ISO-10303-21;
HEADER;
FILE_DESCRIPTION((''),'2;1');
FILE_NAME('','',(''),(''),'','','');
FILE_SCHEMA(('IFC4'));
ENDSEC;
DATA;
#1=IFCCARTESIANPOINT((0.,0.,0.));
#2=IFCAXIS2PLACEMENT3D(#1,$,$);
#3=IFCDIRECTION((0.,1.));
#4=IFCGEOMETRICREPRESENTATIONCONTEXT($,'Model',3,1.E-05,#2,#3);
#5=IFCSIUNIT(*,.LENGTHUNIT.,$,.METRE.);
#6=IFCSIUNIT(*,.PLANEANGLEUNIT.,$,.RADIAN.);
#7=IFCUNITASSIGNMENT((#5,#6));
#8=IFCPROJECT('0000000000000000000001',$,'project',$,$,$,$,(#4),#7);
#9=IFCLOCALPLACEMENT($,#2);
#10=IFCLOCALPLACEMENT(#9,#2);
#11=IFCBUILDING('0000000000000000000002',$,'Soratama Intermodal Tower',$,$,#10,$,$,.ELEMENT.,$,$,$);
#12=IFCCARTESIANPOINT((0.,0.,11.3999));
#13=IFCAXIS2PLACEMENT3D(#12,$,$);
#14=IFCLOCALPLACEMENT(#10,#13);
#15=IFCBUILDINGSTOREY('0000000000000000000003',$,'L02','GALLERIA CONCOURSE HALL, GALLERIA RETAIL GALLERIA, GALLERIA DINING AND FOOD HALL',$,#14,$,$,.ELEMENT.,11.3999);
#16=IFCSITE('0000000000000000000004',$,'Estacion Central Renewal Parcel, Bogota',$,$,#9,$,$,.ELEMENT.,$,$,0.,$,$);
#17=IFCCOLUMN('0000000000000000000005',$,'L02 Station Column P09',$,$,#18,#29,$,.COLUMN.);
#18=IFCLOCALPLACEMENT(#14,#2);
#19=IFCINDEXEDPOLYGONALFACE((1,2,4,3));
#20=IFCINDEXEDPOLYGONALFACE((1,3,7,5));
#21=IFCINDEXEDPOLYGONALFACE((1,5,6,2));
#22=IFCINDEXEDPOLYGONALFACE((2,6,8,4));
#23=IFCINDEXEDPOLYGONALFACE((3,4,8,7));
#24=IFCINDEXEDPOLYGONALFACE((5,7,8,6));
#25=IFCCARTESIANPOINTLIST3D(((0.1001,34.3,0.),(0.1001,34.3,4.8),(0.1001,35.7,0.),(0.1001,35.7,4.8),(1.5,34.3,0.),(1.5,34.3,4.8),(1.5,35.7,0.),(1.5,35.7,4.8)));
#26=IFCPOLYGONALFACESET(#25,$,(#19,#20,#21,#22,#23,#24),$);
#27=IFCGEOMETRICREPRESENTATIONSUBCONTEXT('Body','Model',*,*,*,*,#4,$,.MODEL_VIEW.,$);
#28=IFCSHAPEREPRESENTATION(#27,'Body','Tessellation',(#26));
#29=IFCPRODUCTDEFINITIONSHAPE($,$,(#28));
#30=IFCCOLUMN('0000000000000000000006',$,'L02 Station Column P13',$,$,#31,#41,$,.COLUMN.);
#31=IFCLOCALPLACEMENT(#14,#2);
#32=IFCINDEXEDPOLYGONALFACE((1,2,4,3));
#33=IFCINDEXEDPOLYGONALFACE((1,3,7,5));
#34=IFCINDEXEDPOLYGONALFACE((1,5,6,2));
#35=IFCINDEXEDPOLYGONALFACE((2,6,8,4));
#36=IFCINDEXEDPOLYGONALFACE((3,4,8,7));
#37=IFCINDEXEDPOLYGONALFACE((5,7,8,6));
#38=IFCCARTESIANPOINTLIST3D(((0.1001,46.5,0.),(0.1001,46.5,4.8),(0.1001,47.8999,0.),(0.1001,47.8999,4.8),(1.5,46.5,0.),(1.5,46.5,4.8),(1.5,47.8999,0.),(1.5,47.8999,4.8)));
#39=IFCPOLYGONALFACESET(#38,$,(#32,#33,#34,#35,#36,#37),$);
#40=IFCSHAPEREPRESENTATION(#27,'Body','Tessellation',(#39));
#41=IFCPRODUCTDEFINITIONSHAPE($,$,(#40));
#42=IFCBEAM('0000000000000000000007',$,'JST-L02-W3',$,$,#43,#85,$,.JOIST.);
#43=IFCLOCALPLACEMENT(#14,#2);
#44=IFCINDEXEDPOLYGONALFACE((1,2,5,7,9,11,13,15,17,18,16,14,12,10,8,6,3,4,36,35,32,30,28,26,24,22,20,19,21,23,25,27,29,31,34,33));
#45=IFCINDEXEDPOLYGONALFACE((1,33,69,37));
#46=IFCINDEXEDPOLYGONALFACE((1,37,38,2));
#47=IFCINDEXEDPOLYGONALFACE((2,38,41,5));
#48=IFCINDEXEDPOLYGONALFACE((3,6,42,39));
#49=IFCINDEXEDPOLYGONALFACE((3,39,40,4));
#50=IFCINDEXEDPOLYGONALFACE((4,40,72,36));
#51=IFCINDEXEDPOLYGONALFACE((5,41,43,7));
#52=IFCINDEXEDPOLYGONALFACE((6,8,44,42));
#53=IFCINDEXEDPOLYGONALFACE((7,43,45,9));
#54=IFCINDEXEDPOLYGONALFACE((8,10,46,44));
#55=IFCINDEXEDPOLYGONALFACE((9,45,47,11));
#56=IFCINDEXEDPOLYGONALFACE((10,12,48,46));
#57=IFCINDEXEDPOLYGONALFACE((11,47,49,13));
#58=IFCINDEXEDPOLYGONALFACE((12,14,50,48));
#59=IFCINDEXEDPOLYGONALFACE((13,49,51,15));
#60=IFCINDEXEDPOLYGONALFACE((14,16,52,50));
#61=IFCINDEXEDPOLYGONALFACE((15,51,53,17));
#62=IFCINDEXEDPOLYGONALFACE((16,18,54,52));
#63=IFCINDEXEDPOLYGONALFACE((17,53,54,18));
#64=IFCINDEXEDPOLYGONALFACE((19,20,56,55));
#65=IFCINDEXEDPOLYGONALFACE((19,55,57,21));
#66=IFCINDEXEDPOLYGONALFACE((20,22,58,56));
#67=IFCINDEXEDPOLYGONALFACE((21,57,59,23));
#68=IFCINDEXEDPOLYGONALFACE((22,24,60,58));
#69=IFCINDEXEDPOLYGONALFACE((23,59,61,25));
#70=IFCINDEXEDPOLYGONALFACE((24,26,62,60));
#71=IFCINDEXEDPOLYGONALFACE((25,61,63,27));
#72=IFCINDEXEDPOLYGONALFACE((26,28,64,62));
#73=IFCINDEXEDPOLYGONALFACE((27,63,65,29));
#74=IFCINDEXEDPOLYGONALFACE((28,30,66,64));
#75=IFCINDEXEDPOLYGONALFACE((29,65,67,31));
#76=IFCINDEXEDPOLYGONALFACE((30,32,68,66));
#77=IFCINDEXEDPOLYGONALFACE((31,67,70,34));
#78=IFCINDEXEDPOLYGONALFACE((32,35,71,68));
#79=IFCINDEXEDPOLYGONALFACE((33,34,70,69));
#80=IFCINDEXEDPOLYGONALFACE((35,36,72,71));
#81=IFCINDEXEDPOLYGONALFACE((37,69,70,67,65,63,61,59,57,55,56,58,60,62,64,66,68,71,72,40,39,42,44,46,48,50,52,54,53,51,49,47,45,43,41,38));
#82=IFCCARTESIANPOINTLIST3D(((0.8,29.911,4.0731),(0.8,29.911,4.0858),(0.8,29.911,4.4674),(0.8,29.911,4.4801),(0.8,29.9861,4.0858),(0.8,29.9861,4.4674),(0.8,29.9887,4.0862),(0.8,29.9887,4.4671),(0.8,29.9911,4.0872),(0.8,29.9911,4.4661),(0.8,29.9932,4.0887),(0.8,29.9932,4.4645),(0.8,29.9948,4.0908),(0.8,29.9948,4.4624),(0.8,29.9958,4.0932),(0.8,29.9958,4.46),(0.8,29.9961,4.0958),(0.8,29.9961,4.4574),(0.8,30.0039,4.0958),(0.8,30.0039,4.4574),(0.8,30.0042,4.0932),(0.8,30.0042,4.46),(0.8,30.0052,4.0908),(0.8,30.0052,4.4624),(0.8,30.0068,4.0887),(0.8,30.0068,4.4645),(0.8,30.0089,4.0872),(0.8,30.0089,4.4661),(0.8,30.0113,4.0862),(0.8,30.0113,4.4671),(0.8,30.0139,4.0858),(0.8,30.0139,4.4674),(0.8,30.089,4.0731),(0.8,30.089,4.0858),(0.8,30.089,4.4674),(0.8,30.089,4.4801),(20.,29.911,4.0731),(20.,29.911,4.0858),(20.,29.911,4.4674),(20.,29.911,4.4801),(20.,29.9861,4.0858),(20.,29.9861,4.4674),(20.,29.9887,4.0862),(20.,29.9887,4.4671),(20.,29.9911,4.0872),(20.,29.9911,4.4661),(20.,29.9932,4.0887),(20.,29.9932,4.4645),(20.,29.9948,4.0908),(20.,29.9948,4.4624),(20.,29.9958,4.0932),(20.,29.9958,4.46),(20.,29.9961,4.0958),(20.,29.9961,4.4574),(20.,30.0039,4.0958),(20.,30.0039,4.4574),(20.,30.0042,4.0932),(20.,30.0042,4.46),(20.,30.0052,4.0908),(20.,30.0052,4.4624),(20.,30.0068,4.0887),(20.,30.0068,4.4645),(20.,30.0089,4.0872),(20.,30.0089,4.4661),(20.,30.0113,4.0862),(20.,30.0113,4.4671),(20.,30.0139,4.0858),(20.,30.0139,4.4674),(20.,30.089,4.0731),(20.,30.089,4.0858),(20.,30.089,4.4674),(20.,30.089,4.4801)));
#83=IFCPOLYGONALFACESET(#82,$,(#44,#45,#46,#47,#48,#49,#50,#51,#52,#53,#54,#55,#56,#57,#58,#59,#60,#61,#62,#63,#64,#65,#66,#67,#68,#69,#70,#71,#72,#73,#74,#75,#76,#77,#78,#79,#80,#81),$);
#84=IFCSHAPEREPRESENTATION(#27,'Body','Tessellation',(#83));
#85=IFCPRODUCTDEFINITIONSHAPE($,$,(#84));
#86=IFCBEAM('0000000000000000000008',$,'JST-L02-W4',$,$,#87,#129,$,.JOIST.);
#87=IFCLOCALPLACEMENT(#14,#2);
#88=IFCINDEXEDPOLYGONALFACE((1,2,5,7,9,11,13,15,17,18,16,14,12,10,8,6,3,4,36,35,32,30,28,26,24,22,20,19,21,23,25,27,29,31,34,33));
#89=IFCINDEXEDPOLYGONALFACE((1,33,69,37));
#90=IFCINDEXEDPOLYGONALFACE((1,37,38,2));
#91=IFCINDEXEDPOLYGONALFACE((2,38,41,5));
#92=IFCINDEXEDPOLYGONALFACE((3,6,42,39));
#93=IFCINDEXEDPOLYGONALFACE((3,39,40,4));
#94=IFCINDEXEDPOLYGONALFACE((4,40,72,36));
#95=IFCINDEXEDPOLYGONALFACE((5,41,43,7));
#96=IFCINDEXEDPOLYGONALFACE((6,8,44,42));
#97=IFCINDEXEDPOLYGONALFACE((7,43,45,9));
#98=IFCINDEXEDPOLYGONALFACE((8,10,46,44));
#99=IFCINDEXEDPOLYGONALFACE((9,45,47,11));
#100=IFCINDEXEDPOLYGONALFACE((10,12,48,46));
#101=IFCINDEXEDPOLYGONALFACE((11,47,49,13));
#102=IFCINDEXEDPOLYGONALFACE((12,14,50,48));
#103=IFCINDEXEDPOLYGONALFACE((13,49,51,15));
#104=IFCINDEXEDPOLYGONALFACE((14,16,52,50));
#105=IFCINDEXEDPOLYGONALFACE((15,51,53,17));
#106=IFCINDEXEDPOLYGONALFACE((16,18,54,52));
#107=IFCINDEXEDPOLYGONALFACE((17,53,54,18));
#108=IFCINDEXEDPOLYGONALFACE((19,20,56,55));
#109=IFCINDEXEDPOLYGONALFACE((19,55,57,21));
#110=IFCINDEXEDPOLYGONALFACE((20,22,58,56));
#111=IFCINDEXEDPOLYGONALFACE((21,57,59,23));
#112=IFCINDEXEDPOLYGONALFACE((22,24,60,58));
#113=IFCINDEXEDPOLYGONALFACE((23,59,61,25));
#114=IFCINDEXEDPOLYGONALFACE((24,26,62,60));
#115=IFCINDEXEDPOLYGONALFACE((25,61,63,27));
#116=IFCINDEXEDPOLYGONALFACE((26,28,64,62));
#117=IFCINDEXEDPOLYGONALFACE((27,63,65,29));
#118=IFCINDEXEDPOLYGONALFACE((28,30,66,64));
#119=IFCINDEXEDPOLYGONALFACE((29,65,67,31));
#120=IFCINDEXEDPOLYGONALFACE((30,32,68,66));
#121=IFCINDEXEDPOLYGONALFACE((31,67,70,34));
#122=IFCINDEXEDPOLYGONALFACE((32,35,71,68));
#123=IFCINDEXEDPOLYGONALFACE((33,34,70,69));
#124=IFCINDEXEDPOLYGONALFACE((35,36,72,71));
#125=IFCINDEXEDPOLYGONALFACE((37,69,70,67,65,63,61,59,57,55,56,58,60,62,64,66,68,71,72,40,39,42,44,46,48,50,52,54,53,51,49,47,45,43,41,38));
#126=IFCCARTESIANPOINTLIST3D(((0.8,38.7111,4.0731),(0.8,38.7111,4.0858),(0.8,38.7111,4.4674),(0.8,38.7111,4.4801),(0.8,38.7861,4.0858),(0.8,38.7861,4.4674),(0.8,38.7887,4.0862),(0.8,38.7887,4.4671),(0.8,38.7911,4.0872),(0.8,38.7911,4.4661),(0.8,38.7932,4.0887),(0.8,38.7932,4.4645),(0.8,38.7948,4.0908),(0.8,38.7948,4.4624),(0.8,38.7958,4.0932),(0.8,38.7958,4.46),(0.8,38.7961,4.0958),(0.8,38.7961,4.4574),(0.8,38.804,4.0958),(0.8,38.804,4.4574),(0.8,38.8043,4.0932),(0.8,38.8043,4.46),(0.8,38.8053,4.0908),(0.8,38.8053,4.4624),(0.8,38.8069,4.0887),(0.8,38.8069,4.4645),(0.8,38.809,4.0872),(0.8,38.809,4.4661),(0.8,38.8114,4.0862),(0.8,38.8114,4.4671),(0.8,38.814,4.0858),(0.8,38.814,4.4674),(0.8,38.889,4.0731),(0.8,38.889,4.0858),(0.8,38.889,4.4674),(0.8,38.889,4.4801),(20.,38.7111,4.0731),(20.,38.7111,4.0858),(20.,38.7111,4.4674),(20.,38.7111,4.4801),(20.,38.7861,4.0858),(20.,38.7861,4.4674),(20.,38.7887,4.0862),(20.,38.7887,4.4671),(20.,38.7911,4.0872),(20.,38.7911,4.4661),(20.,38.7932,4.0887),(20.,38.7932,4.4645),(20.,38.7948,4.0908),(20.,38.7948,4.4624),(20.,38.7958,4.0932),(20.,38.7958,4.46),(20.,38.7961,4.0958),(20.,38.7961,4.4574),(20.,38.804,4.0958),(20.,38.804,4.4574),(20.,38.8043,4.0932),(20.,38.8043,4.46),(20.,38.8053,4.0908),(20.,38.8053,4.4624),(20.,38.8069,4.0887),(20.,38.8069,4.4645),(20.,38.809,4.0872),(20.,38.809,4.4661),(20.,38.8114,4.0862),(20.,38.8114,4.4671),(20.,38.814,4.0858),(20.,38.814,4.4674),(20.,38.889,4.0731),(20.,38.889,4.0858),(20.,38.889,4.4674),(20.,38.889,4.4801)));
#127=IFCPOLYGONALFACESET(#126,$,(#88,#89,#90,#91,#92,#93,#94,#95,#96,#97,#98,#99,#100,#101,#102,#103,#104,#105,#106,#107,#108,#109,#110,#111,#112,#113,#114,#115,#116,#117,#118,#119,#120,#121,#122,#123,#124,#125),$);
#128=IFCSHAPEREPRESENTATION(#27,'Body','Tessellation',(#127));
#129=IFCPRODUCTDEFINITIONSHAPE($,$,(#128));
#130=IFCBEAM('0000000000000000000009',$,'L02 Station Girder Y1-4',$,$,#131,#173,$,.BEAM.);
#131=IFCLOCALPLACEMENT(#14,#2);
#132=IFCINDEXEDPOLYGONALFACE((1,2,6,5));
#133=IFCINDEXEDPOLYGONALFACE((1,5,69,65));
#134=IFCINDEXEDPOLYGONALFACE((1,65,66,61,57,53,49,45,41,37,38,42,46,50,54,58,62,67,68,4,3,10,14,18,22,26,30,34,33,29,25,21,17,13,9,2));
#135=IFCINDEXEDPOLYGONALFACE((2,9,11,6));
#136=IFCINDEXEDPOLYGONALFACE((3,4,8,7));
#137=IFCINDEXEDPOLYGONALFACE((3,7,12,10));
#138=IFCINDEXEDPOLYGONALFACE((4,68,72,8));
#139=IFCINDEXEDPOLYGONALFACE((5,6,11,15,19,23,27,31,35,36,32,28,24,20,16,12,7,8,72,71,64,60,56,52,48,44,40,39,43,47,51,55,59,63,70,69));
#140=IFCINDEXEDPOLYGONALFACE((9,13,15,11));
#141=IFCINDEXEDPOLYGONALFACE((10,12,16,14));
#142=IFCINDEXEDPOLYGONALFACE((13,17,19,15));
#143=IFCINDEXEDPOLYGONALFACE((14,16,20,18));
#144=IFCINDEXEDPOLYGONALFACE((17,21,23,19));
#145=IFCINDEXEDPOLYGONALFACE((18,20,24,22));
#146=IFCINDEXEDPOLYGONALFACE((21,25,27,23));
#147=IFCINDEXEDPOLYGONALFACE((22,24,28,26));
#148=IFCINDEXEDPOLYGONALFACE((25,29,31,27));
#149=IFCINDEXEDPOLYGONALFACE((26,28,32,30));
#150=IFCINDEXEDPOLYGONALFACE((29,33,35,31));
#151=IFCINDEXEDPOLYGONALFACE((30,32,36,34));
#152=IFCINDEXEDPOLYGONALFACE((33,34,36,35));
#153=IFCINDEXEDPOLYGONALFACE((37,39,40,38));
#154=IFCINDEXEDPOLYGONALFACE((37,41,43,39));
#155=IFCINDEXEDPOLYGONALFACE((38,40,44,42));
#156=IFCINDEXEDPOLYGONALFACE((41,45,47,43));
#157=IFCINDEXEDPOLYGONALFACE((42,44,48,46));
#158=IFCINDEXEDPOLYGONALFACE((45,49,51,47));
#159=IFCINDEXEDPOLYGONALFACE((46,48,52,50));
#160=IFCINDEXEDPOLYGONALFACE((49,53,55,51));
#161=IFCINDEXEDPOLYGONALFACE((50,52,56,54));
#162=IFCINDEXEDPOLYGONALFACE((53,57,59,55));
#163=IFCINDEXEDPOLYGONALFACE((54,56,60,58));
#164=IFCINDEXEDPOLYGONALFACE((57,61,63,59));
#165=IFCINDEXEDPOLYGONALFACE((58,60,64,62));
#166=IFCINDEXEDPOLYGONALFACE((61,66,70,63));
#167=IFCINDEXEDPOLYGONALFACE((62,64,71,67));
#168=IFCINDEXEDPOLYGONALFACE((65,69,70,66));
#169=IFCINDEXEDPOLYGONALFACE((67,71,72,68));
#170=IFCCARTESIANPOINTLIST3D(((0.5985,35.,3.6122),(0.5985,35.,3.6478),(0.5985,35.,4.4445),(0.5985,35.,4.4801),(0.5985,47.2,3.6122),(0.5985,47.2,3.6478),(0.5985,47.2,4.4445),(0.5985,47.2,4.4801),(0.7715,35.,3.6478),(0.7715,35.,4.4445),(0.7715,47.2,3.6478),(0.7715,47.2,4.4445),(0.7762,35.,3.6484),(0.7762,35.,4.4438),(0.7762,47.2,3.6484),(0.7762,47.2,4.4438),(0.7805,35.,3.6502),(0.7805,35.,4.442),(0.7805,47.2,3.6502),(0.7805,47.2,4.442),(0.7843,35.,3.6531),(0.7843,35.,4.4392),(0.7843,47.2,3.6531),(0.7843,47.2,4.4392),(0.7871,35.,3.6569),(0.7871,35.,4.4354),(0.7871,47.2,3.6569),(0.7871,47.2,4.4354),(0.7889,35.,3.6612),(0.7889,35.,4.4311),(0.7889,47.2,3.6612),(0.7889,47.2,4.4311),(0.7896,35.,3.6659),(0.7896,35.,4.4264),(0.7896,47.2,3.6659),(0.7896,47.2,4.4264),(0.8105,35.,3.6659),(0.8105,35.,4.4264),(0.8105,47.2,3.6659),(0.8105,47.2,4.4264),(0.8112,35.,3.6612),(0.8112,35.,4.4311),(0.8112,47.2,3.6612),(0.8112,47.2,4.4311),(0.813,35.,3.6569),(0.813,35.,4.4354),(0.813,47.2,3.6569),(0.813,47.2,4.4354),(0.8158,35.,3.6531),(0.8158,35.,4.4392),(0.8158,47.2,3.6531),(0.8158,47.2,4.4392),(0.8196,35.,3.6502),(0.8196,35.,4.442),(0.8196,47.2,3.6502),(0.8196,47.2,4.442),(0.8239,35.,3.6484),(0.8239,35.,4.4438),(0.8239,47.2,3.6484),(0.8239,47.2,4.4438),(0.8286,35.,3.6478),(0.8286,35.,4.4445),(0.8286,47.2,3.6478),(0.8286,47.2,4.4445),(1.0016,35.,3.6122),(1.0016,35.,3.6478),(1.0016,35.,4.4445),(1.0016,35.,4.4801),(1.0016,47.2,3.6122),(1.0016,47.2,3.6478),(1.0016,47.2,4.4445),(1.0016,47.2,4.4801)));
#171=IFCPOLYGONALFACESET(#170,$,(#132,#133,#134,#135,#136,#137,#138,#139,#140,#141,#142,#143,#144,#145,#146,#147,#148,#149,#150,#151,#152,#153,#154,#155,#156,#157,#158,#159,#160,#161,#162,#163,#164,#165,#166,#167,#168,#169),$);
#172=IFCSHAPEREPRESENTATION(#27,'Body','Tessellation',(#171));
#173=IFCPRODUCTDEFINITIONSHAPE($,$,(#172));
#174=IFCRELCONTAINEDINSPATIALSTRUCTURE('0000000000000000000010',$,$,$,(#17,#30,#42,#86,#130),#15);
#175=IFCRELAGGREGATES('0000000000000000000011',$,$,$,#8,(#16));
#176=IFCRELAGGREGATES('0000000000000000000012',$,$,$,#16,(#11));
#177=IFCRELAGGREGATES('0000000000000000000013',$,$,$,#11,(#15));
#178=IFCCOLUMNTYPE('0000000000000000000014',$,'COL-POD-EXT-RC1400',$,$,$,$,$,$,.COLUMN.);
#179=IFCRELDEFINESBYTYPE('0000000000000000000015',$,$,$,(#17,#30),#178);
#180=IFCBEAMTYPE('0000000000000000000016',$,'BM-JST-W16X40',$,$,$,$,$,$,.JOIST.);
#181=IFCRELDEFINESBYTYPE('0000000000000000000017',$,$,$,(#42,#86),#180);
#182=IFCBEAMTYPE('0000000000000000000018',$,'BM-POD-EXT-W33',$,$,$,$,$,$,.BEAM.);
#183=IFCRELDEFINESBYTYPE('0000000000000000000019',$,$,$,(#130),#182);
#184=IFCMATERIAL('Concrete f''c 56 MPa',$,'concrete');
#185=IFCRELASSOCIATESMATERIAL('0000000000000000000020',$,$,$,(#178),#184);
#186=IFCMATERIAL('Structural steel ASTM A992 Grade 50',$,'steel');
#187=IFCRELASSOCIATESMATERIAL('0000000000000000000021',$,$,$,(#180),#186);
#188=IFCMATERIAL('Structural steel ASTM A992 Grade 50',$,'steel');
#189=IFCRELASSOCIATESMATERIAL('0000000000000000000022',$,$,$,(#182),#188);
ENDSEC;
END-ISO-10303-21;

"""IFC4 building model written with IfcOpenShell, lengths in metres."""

from ifc_helpers import new_model, si_unit, direction, frame, origin, origin_2d, place, context, subcontext, project, spatial, rectangle, i_section, extrude, material, material_profile, profile_set, type_object, element, save


model = new_model("IFC4")

# Units and contexts
model_context = context("Model", 3, precision=1e-05, world=origin(), true_north=direction((0.0, 1.0)))
body_context = subcontext(model_context, "Body", "Model", "MODEL_VIEW")
ifc_project = project(units=[si_unit("LENGTHUNIT", "METRE"), si_unit("PLANEANGLEUNIT", "RADIAN")], contexts=[model_context])

# Site, building, storey
site_placement = place(None, origin())
site = spatial("IfcSite", under=ifc_project, at=site_placement, Name="Estacion Central Renewal Parcel, Bogota", CompositionType="ELEMENT", RefElevation=0.0)
building_placement = place(site_placement, origin())
building = spatial("IfcBuilding", under=site, at=building_placement, Name="Soratama Intermodal Tower", CompositionType="ELEMENT")
storey_placement = place(building_placement, frame((0.0, 0.0, 11.3999)))
storey = spatial("IfcBuildingStorey", under=building, at=storey_placement, Name="L02", Description="GALLERIA CONCOURSE HALL, GALLERIA RETAIL GALLERIA, GALLERIA DINING AND FOOD HALL", CompositionType="ELEMENT", Elevation=11.3999)

# Columns
ifc_material_1 = material(Name="Concrete f'c 56 MPa", Category="concrete")
ifc_material_profile_1 = material_profile(ifc_material_1, rectangle(XDim=1.3999, YDim=1.3999, at=origin_2d()), Name="RC1400X1400")
ifc_profile_set_1 = profile_set([ifc_material_profile_1], Name="Concrete f'c 56 MPa")
column_type = type_object("IfcColumnType", Name="COL-POD-EXT-RC1400", PredefinedType="COLUMN", material=ifc_profile_set_1)
for number, where, z_axis, x_axis, name in (
    (1, (0.8, 35.0, 0.0), (0.0, 0.0, 1.0), (1.0, 0.0, 0.0), "L02 Station Column P09"),
    (2, (0.8, 47.2, 0.0), (0.0, 0.0, 1.0), (1.0, 0.0, 0.0), "L02 Station Column P13"),
):
    element("IfcColumn", number, at=place(storey_placement, frame(where, z_axis=z_axis, x_axis=x_axis)), inside=storey, type_object=column_type, Name=name, PredefinedType="COLUMN", context=body_context, shape_type="SweptSolid", body=[
        extrude(rectangle(XDim=1.3999, YDim=1.3999, at=origin_2d()), origin(), (0.0, 0.0, 1.0), 4.8),
    ])

# Beams
ifc_material_2 = material(Name="Structural steel ASTM A992 Grade 50", Category="steel")
ifc_material_profile_2 = material_profile(ifc_material_2, i_section(OverallWidth=0.178, OverallDepth=0.407, WebThickness=0.0078, FlangeThickness=0.0127, FilletRadius=0.01, at=origin_2d()), Name="W16X40")
ifc_profile_set_2 = profile_set([ifc_material_profile_2], Name="Structural steel ASTM A992 Grade 50")
beam_type_1 = type_object("IfcBeamType", Name="BM-JST-W16X40", PredefinedType="JOIST", material=ifc_profile_set_2)
for number, where, z_axis, x_axis, name in (
    (3, (0.8, 30.0, 4.2766), (1.0, 0.0, 0.0), (0.0, 1.0, 0.0), "JST-L02-W3"),
    (4, (0.8, 38.8, 4.2766), (1.0, 0.0, 0.0), (0.0, 1.0, 0.0), "JST-L02-W4"),
):
    element("IfcBeam", number, at=place(storey_placement, frame(where, z_axis=z_axis, x_axis=x_axis)), inside=storey, type_object=beam_type_1, Name=name, PredefinedType="JOIST", context=body_context, shape_type="SweptSolid", body=[
        extrude(i_section(OverallWidth=0.178, OverallDepth=0.407, WebThickness=0.0078, FlangeThickness=0.0127, FilletRadius=0.01, at=origin_2d()), origin(), (0.0, 0.0, 1.0), 19.2),
    ])
ifc_material_3 = material(Name="Structural steel ASTM A992 Grade 50", Category="steel")
ifc_material_profile_3 = material_profile(ifc_material_3, i_section(OverallWidth=0.4031, OverallDepth=0.8679, WebThickness=0.021, FlangeThickness=0.0356, FilletRadius=0.0181, at=origin_2d()), Name="W33X241")
ifc_profile_set_3 = profile_set([ifc_material_profile_3], Name="Structural steel ASTM A992 Grade 50")
beam_type_2 = type_object("IfcBeamType", Name="BM-POD-EXT-W33", PredefinedType="BEAM", material=ifc_profile_set_3)
beam_1_placement = place(storey_placement, frame((0.8, 35.0, 4.0461), z_axis=(0.0, 1.0, 0.0), x_axis=(-1.0, 0.0, 0.0)))
element("IfcBeam", 5, at=beam_1_placement, inside=storey, type_object=beam_type_2, Name="L02 Station Girder Y1-4", PredefinedType="BEAM", context=body_context, shape_type="SweptSolid", body=[
    extrude(i_section(OverallWidth=0.4031, OverallDepth=0.8679, WebThickness=0.021, FlangeThickness=0.0356, FilletRadius=0.0181, at=origin_2d()), origin(), (0.0, 0.0, 1.0), 12.2),
])

save(model, "model.ifc")
